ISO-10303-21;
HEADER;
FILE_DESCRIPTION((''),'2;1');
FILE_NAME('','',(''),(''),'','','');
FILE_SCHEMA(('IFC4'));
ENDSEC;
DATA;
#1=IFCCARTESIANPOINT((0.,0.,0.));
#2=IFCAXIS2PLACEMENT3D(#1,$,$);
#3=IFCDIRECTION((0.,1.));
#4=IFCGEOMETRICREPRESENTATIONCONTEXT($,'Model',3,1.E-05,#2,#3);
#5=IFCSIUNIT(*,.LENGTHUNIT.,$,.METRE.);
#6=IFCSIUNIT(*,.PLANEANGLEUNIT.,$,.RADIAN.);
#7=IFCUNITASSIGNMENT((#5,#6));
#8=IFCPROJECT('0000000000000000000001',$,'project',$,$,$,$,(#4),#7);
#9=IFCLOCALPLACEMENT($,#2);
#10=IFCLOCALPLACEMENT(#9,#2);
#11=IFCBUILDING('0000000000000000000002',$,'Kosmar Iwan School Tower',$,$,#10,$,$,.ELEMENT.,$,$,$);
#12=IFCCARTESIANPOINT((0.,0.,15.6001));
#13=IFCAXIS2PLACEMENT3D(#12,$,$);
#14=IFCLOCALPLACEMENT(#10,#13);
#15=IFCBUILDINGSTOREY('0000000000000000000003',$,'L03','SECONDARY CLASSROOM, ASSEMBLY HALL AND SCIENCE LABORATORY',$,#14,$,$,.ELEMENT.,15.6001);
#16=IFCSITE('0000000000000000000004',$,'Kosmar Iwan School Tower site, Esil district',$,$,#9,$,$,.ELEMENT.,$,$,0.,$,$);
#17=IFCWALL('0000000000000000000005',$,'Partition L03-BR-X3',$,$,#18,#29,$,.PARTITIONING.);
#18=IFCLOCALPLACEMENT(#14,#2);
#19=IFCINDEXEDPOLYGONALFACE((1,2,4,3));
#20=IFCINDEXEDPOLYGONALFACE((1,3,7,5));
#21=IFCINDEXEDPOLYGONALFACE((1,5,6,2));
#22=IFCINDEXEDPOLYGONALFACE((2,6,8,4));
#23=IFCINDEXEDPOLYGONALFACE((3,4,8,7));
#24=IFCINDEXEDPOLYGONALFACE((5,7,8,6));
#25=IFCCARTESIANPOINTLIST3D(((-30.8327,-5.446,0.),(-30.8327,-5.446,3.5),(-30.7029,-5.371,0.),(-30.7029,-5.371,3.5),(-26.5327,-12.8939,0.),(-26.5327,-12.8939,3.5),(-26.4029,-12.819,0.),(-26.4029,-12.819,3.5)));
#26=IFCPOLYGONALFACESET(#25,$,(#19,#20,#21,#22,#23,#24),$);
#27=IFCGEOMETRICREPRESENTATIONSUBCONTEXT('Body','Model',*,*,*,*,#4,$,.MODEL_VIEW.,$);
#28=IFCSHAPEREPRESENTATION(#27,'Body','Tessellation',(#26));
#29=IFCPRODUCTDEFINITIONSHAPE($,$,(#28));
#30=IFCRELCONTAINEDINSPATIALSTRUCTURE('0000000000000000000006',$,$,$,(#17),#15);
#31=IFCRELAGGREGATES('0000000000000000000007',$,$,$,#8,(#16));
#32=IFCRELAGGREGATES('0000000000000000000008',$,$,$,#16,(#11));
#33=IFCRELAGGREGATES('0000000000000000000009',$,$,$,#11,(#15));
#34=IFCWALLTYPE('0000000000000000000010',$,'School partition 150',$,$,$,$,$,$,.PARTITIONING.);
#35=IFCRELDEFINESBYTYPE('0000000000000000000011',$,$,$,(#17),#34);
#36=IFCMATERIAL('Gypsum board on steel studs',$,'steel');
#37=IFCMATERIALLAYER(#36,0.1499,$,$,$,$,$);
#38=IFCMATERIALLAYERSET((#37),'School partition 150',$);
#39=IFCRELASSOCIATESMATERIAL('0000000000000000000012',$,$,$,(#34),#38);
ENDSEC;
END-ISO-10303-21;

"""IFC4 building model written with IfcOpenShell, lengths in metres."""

from ifc_helpers import new_model, si_unit, direction, frame, frame_2d, origin, place, context, subcontext, project, spatial, rectangle, extrude, material, layer, layer_set, type_object, element, save


model = new_model("IFC4")

# Units and contexts
model_context = context("Model", 3, precision=1e-05, world=origin(), true_north=direction((0.0, 1.0)))
body_context = subcontext(model_context, "Body", "Model", "MODEL_VIEW")
ifc_project = project(units=[si_unit("LENGTHUNIT", "METRE"), si_unit("PLANEANGLEUNIT", "RADIAN")], contexts=[model_context])

# Site, building, storey
site_placement = place(None, origin())
site = spatial("IfcSite", under=ifc_project, at=site_placement, Name="Kosmar Iwan School Tower site, Esil district", CompositionType="ELEMENT", RefElevation=0.0)
building_placement = place(site_placement, origin())
building = spatial("IfcBuilding", under=site, at=building_placement, Name="Kosmar Iwan School Tower", CompositionType="ELEMENT")
storey_placement = place(building_placement, frame((0.0, 0.0, 15.6001)))
storey = spatial("IfcBuildingStorey", under=building, at=storey_placement, Name="L03", Description="SECONDARY CLASSROOM, ASSEMBLY HALL AND SCIENCE LABORATORY", CompositionType="ELEMENT", Elevation=15.6001)

# Wall
ifc_material_1 = material(Name="Gypsum board on steel studs", Category="steel")
ifc_layer_1 = layer(ifc_material_1, 0.1499)
ifc_layer_set_1 = layer_set([ifc_layer_1], Name="School partition 150")
wall_type_1 = type_object("IfcWallType", Name="School partition 150", PredefinedType="PARTITIONING", material=ifc_layer_set_1)
wall_1_placement = place(storey_placement, frame((-26.4678, -12.8564, 0.0), z_axis=(0.0, 0.0, 1.0), x_axis=(-0.499995, 0.866028, 0.0)))
element("IfcWall", 1, at=wall_1_placement, inside=storey, type_object=wall_type_1, Name="Partition L03-BR-X3", PredefinedType="PARTITIONING", context=body_context, shape_type="SweptSolid", body=[
    extrude(rectangle(XDim=8.6001, YDim=0.1499, at=frame_2d((4.3, 0.0))), origin(), (0.0, 0.0, 1.0), 3.5),
])

save(model, "model.ifc")
